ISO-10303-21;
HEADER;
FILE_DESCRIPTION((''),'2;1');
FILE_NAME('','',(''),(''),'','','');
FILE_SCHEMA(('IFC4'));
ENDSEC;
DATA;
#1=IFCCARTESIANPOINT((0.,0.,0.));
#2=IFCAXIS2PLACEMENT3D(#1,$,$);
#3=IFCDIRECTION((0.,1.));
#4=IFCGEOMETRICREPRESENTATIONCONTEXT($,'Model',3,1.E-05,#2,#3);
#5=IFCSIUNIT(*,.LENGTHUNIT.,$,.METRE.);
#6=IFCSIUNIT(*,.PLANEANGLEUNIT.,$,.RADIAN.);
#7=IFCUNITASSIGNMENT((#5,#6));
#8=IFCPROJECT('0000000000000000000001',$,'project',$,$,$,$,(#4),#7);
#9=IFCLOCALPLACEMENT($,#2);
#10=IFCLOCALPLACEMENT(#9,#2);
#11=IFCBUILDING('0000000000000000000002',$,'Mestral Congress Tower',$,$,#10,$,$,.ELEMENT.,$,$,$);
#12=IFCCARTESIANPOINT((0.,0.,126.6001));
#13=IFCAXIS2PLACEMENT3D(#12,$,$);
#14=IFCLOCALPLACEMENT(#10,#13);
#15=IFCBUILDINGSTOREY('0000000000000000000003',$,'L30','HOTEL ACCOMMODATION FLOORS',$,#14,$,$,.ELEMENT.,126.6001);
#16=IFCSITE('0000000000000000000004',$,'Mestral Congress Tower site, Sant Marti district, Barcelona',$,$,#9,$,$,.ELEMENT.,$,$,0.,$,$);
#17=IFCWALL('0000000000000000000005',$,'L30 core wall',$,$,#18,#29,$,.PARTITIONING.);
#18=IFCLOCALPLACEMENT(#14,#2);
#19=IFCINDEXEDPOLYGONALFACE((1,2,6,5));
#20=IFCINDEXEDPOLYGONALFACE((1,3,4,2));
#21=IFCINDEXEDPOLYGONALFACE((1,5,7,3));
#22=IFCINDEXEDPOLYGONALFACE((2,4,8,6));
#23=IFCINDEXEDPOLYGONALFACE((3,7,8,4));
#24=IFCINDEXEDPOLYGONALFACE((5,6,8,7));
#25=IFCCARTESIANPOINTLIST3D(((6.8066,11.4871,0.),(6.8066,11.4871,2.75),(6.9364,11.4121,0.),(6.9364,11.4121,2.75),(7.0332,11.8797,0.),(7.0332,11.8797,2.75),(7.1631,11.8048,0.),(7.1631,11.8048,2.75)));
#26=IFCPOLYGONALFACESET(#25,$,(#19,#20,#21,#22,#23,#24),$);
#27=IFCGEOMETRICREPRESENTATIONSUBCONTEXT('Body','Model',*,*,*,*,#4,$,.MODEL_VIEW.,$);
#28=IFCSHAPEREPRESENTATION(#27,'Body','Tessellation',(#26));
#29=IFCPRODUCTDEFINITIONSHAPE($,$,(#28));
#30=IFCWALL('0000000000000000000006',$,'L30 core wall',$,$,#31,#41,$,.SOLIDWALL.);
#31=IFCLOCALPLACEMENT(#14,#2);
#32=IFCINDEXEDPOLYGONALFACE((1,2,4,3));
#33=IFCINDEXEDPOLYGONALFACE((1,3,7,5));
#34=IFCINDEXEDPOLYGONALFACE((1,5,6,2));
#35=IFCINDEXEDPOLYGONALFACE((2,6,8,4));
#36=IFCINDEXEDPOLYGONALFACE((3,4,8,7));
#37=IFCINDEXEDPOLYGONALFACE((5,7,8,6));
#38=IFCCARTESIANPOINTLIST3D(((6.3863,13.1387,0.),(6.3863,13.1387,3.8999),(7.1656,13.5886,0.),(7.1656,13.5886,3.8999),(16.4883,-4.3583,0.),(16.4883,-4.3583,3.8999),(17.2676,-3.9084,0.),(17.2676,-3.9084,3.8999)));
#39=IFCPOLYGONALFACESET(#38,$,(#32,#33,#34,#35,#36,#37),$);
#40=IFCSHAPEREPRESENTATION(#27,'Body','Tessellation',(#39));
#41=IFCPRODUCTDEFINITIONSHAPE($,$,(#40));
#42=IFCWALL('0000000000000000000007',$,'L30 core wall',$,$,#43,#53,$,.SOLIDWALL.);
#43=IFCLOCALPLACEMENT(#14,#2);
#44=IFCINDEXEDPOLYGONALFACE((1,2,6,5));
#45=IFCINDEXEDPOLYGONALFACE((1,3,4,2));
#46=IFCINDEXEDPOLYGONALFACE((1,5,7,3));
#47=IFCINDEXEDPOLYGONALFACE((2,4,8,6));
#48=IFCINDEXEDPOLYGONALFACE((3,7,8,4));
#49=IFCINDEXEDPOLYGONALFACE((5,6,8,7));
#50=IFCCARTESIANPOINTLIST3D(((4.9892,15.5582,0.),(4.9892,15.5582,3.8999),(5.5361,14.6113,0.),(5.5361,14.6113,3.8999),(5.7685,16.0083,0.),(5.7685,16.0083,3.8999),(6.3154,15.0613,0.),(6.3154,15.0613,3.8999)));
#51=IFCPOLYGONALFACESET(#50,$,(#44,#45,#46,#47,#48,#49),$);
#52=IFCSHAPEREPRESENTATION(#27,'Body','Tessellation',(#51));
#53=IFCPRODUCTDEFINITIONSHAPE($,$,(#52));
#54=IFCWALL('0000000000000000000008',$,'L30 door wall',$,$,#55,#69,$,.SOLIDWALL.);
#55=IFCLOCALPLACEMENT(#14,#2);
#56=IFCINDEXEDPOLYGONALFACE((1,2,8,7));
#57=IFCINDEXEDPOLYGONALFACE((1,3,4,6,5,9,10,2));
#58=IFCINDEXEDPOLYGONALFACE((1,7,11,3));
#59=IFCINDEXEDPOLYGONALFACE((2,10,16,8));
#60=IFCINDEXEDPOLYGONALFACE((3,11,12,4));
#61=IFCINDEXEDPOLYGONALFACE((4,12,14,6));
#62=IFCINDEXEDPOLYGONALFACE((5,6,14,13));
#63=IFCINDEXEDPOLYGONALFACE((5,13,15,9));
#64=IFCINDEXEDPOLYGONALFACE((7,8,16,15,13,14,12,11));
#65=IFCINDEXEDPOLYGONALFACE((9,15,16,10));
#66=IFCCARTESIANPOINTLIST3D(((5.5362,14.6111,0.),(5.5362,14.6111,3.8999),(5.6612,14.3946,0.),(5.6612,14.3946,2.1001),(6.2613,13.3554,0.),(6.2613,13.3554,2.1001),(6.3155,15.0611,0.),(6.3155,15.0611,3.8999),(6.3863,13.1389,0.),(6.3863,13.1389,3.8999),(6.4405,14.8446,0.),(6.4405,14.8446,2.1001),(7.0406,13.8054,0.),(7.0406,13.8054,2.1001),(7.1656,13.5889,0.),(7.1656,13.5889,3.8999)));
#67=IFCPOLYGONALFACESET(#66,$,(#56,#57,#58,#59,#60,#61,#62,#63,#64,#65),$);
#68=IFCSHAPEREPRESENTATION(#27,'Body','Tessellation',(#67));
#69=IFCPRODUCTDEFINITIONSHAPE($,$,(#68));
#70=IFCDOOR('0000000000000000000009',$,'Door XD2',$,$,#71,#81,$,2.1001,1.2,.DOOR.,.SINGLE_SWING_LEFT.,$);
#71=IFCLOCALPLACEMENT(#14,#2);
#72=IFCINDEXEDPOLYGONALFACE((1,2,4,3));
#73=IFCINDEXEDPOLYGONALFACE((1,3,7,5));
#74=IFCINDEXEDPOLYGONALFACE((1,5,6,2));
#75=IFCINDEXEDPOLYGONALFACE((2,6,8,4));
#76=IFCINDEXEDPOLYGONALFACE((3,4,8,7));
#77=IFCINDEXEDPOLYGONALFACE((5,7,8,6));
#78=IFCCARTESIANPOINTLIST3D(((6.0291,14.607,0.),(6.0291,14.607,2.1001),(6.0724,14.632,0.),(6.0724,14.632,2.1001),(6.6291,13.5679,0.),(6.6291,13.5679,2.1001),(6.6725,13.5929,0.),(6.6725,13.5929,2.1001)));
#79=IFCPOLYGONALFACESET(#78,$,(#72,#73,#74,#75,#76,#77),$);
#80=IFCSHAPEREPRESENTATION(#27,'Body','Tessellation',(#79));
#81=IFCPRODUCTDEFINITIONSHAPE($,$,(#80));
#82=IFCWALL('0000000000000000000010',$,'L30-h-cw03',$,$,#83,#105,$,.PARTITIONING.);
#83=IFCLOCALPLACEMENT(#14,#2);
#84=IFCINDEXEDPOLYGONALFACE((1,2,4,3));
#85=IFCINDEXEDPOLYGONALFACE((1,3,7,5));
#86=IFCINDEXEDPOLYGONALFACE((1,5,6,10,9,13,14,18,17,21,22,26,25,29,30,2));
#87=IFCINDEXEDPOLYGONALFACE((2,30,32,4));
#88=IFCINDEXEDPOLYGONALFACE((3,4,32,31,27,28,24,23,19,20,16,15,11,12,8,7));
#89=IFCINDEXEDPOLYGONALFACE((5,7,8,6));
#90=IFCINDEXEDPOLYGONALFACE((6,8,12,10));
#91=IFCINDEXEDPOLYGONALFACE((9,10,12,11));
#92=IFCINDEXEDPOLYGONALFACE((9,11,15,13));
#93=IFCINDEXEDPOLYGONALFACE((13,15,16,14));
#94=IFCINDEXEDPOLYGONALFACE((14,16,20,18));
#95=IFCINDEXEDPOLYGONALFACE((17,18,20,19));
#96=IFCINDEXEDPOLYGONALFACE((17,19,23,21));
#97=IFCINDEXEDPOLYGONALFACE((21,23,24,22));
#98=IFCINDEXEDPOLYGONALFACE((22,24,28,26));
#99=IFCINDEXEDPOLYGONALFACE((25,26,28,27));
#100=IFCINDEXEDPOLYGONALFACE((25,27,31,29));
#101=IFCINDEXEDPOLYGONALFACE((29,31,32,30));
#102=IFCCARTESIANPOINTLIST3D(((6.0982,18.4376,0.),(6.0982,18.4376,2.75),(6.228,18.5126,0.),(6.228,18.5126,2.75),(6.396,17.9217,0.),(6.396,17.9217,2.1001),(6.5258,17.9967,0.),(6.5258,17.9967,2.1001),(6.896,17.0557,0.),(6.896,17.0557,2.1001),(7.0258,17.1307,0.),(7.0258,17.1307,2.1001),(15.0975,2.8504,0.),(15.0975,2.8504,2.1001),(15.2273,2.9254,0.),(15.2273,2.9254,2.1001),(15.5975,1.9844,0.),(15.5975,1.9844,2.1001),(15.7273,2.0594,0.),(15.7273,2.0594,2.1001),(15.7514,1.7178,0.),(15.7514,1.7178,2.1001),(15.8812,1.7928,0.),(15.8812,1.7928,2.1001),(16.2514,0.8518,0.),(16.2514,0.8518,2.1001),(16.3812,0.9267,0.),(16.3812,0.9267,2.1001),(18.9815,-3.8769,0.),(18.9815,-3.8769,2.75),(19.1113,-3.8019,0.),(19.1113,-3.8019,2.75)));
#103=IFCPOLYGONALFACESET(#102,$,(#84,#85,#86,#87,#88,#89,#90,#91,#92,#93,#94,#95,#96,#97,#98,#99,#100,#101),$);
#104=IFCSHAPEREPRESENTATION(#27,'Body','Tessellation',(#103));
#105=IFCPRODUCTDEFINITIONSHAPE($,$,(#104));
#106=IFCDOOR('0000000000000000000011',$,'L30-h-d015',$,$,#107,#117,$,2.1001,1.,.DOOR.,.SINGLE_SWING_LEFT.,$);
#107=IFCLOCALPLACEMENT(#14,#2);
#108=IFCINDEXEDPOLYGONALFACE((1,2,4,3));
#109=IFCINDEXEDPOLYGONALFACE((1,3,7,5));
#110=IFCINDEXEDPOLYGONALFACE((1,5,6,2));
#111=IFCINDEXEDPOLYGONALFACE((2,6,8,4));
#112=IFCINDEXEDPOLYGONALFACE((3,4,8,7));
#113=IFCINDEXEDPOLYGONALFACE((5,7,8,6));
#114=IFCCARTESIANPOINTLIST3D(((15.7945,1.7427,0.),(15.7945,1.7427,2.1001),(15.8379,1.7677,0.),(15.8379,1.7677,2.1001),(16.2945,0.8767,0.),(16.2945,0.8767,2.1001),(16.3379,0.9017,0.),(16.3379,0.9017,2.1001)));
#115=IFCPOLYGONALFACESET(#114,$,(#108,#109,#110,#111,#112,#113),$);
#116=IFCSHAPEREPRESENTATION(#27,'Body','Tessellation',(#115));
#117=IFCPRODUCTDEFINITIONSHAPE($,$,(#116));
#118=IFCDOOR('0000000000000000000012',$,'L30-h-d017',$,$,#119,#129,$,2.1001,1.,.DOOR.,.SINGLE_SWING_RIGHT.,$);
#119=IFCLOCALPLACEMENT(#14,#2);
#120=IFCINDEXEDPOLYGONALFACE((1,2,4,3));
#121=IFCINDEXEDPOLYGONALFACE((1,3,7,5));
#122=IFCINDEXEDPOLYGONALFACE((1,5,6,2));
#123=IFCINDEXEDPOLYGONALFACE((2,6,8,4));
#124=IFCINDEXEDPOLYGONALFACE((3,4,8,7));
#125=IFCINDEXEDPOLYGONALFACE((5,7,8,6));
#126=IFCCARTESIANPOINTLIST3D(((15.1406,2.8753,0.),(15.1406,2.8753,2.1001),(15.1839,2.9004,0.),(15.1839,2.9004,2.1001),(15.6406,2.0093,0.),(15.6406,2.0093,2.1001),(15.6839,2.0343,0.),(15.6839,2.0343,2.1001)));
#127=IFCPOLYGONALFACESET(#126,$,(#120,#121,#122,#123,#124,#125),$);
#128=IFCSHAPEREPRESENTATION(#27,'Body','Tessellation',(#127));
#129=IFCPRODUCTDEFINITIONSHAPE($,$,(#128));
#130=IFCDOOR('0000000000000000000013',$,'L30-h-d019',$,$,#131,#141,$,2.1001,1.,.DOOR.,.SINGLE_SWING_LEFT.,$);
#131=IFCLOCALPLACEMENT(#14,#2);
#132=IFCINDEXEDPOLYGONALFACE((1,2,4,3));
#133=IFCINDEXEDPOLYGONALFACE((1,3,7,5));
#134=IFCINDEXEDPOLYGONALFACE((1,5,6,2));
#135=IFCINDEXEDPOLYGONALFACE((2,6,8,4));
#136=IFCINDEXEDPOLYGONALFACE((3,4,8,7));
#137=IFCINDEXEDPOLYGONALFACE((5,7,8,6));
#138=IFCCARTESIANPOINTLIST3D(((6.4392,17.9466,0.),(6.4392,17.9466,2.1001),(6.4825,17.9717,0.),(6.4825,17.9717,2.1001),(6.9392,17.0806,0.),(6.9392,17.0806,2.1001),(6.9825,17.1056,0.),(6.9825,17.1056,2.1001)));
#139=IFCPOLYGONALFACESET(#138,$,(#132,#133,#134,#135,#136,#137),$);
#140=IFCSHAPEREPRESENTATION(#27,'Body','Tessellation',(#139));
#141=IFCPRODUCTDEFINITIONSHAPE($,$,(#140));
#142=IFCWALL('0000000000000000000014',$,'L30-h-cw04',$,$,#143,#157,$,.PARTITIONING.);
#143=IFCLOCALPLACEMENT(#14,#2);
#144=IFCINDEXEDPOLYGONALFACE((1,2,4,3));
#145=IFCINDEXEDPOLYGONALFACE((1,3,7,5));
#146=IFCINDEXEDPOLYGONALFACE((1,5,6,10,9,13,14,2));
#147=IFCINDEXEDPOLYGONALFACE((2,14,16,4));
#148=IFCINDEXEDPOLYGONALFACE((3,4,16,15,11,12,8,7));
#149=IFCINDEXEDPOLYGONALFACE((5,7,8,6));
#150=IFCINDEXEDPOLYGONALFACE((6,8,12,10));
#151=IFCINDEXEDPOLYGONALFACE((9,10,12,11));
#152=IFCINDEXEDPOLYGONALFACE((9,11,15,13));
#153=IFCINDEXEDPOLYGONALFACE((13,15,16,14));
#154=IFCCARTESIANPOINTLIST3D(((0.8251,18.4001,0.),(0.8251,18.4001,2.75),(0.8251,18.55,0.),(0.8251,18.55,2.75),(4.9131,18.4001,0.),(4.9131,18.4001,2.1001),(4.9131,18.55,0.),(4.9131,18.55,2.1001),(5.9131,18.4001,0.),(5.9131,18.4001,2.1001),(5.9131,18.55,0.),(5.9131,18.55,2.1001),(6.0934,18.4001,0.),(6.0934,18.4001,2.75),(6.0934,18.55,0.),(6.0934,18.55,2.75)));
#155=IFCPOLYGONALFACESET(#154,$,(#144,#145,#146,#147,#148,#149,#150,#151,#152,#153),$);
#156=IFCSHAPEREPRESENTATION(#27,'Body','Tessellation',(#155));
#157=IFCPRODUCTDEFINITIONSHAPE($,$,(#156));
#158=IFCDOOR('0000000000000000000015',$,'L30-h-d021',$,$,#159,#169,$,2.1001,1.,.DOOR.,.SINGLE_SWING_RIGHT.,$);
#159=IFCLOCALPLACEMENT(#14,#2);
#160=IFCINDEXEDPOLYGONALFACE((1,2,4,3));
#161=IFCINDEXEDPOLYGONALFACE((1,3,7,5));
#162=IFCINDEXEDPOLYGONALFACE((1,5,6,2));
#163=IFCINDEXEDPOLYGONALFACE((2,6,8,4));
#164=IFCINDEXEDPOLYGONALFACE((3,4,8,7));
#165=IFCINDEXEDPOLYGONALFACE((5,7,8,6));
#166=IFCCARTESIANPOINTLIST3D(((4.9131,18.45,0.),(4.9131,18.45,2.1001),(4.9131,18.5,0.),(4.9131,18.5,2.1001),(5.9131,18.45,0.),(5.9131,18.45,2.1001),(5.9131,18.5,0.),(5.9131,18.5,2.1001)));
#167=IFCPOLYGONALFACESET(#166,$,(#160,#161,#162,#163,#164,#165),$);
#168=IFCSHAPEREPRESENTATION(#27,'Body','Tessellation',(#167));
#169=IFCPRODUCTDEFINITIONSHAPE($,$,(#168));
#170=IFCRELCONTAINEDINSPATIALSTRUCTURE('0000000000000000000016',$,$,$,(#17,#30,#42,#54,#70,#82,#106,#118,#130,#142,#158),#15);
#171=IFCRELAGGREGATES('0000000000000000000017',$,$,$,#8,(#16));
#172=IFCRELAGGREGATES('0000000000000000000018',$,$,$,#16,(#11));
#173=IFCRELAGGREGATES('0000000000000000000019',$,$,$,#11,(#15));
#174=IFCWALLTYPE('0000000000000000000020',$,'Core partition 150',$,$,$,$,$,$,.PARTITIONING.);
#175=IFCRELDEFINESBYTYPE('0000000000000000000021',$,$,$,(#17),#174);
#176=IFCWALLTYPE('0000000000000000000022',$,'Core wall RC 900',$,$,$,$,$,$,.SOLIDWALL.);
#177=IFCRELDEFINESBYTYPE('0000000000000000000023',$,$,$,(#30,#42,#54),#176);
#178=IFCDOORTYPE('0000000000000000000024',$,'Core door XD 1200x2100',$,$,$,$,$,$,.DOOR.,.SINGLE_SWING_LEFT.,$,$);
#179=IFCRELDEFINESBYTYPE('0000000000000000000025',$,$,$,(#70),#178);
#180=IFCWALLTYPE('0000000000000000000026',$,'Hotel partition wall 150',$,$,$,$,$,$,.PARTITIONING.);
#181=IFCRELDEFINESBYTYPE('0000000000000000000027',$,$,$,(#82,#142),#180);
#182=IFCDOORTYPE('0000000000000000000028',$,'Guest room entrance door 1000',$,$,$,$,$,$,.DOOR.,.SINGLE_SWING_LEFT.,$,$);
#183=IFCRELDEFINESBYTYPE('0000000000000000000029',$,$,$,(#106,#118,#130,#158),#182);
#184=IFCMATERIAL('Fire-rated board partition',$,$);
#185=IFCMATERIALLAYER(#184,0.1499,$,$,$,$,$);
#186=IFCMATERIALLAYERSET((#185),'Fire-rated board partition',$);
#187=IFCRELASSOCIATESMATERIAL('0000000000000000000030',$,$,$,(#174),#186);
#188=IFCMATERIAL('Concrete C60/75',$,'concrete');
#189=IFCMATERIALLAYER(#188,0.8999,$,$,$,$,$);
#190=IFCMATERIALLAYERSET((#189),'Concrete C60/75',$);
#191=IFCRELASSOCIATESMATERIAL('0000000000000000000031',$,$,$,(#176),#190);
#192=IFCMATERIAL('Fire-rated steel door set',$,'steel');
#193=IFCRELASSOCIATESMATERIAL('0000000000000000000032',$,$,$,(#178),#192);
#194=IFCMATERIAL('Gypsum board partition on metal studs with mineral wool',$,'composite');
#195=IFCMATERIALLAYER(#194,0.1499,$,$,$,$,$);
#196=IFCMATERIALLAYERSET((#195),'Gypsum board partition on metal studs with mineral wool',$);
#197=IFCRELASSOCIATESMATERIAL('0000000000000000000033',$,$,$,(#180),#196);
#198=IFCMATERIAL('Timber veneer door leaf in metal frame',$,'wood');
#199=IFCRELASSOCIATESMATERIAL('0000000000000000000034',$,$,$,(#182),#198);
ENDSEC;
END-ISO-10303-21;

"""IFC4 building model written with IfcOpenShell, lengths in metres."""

from ifc_helpers import new_model, si_unit, direction, frame, frame_2d, origin, place, context, subcontext, project, spatial, rectangle, extrude, material, layer, layer_set, type_object, element, fill, save


model = new_model("IFC4")

# Units and contexts
model_context = context("Model", 3, precision=1e-05, world=origin(), true_north=direction((0.0, 1.0)))
body_context = subcontext(model_context, "Body", "Model", "MODEL_VIEW")
ifc_project = project(units=[si_unit("LENGTHUNIT", "METRE"), si_unit("PLANEANGLEUNIT", "RADIAN")], contexts=[model_context])

# Site, building, storey
site_placement = place(None, origin())
site = spatial("IfcSite", under=ifc_project, at=site_placement, Name="Mestral Congress Tower site, Sant Marti district, Barcelona", CompositionType="ELEMENT", RefElevation=0.0)
building_placement = place(site_placement, origin())
building = spatial("IfcBuilding", under=site, at=building_placement, Name="Mestral Congress Tower", CompositionType="ELEMENT")
storey_placement = place(building_placement, frame((0.0, 0.0, 126.6001)))
storey = spatial("IfcBuildingStorey", under=building, at=storey_placement, Name="L30", Description="HOTEL ACCOMMODATION FLOORS", CompositionType="ELEMENT", Elevation=126.6001)

# Walls
ifc_material_1 = material(Name="Fire-rated board partition")
ifc_layer_1 = layer(ifc_material_1, 0.1499)
ifc_layer_set_1 = layer_set([ifc_layer_1], Name="Fire-rated board partition")
wall_type_1 = type_object("IfcWallType", Name="Core partition 150", PredefinedType="PARTITIONING", material=ifc_layer_set_1)
wall_1_placement = place(storey_placement, frame((6.8716, 11.4497, 0.0), z_axis=(0.0, 0.0, 1.0), x_axis=(0.499847, 0.866114, 0.0)))
element("IfcWall", 1, at=wall_1_placement, inside=storey, type_object=wall_type_1, Name="L30 core wall", PredefinedType="PARTITIONING", context=body_context, shape_type="SweptSolid", body=[
    extrude(rectangle(XDim=0.4534, YDim=0.1499, at=frame_2d((0.2266, 0.0))), origin(), (0.0, 0.0, 1.0), 2.75),
])
ifc_material_2 = material(Name="Concrete C60/75", Category="concrete")
ifc_layer_2 = layer(ifc_material_2, 0.8999)
ifc_layer_set_2 = layer_set([ifc_layer_2], Name="Concrete C60/75")
wall_type_2 = type_object("IfcWallType", Name="Core wall RC 900", PredefinedType="SOLIDWALL", material=ifc_layer_set_2)
wall_2_placement = place(storey_placement, frame((6.7759, 13.3638, 0.0), z_axis=(0.0, 0.0, 1.0), x_axis=(0.500004, -0.866023, 0.0)))
element("IfcWall", 2, at=wall_2_placement, inside=storey, type_object=wall_type_2, Name="L30 core wall", PredefinedType="SOLIDWALL", context=body_context, shape_type="SweptSolid", body=[
    extrude(rectangle(XDim=20.2039, YDim=0.8999, at=frame_2d((10.1021, 0.0))), origin(), (0.0, 0.0, 1.0), 3.8999),
])
wall_3_placement = place(storey_placement, frame((5.9258, 14.8362, 0.0), z_axis=(0.0, 0.0, 1.0), x_axis=(-0.500077, 0.865981, 0.0)))
element("IfcWall", 3, at=wall_3_placement, inside=storey, type_object=wall_type_2, Name="L30 core wall", PredefinedType="SOLIDWALL", context=body_context, shape_type="SweptSolid", body=[
    extrude(rectangle(XDim=1.0935, YDim=0.8999, at=frame_2d((0.5469, 0.0))), origin(), (0.0, 0.0, 1.0), 3.8999),
])

# Wall, opening, door
wall_4_placement = place(storey_placement, frame((5.9258, 14.8362, 0.0), z_axis=(0.0, 0.0, 1.0), x_axis=(0.500062, -0.865989, 0.0)))
wall_4 = element("IfcWall", 4, at=wall_4_placement, inside=storey, type_object=wall_type_2, Name="L30 door wall", PredefinedType="SOLIDWALL", context=body_context, shape_type="SweptSolid", body=[
    extrude(rectangle(XDim=1.7, YDim=0.8999, at=frame_2d((0.8501, 0.0))), origin(), (0.0, 0.0, 1.0), 3.8999),
])
opening_1_placement = place(wall_4_placement, frame((0.25, 0.0, 0.0)))
opening_1 = element("IfcOpeningElement", 5, at=opening_1_placement, cuts=wall_4, PredefinedType="OPENING", context=body_context, shape_type="SweptSolid", body=[
    extrude(rectangle(XDim=1.2, YDim=2.1001, at=frame_2d((0.6001, 1.05))), frame((0.0, 0.46, 0.0), z_axis=(0.0, -1.0, 0.0), x_axis=(1.0, 0.0, 0.0)), (0.0, 0.0, 1.0), 0.9199),
])
ifc_material_3 = material(Name="Fire-rated steel door set", Category="steel")
door_type_1 = type_object("IfcDoorType", Name="Core door XD 1200x2100", OperationType="SINGLE_SWING_LEFT", PredefinedType="DOOR", material=ifc_material_3)
door_1_placement = place(opening_1_placement, origin())
door_1 = element("IfcDoor", 6, at=door_1_placement, inside=storey, type_object=door_type_1, Name="Door XD2", OperationType="SINGLE_SWING_LEFT", OverallHeight=2.1001, OverallWidth=1.2, PredefinedType="DOOR", context=body_context, shape_type="SweptSolid", body=[
    extrude(rectangle(XDim=1.2, YDim=2.1001, at=frame_2d((0.6001, 1.05))), frame((0.0, 0.0249, 0.0), z_axis=(0.0, -1.0, 0.0), x_axis=(1.0, 0.0, 0.0)), (0.0, 0.0, 1.0), 0.05),
])
fill(opening_1, door_1)

# Wall, openings, doors
ifc_material_4 = material(Name="Gypsum board partition on metal studs with mineral wool", Category="composite")
ifc_layer_3 = layer(ifc_material_4, 0.1499)
ifc_layer_set_3 = layer_set([ifc_layer_3], Name="Gypsum board partition on metal studs with mineral wool")
wall_type_3 = type_object("IfcWallType", Name="Hotel partition wall 150", PredefinedType="PARTITIONING", material=ifc_layer_set_3)
wall_5_placement = place(storey_placement, frame((6.1631, 18.4751, 0.0), z_axis=(0.0, 0.0, 1.0), x_axis=(0.500001, -0.866025, 0.0)))
wall_5 = element("IfcWall", 7, at=wall_5_placement, inside=storey, type_object=wall_type_3, Name="L30-h-cw03", PredefinedType="PARTITIONING", context=body_context, shape_type="SweptSolid", body=[
    extrude(rectangle(XDim=25.7666, YDim=0.1499, at=frame_2d((12.8833, 0.0))), origin(), (0.0, 0.0, 1.0), 2.75),
])
opening_2_placement = place(wall_5_placement, frame((19.3064, 0.0, 0.0)))
opening_2 = element("IfcOpeningElement", 8, at=opening_2_placement, cuts=wall_5, PredefinedType="OPENING", context=body_context, shape_type="SweptSolid", body=[
    extrude(rectangle(XDim=1.0, YDim=2.1001, at=frame_2d((0.5, 1.05))), frame((0.0, 0.085, 0.0), z_axis=(0.0, -1.0, 0.0), x_axis=(1.0, 0.0, 0.0)), (0.0, 0.0, 1.0), 0.1699),
])
opening_3_placement = place(wall_5_placement, frame((17.9985, 0.0, 0.0)))
opening_3 = element("IfcOpeningElement", 9, at=opening_3_placement, cuts=wall_5, PredefinedType="OPENING", context=body_context, shape_type="SweptSolid", body=[
    extrude(rectangle(XDim=1.0, YDim=2.1001, at=frame_2d((0.5, 1.05))), frame((0.0, 0.085, 0.0), z_axis=(0.0, -1.0, 0.0), x_axis=(1.0, 0.0, 0.0)), (0.0, 0.0, 1.0), 0.1699),
])
opening_4_placement = place(wall_5_placement, frame((0.5957, 0.0, 0.0)))
opening_4 = element("IfcOpeningElement", 10, at=opening_4_placement, cuts=wall_5, PredefinedType="OPENING", context=body_context, shape_type="SweptSolid", body=[
    extrude(rectangle(XDim=1.0, YDim=2.1001, at=frame_2d((0.5, 1.05))), frame((0.0, 0.085, 0.0), z_axis=(0.0, -1.0, 0.0), x_axis=(1.0, 0.0, 0.0)), (0.0, 0.0, 1.0), 0.1699),
])
ifc_material_5 = material(Name="Timber veneer door leaf in metal frame", Category="wood")
door_type_2 = type_object("IfcDoorType", Name="Guest room entrance door 1000", OperationType="SINGLE_SWING_LEFT", PredefinedType="DOOR", material=ifc_material_5)
door_2_placement = place(opening_2_placement, origin())
door_2 = element("IfcDoor", 11, at=door_2_placement, inside=storey, type_object=door_type_2, Name="L30-h-d015", OperationType="SINGLE_SWING_LEFT", OverallHeight=2.1001, OverallWidth=1.0, PredefinedType="DOOR", context=body_context, shape_type="SweptSolid", body=[
    extrude(rectangle(XDim=1.0, YDim=2.1001, at=frame_2d((0.5, 1.05))), frame((0.0, 0.0249, 0.0), z_axis=(0.0, -1.0, 0.0), x_axis=(1.0, 0.0, 0.0)), (0.0, 0.0, 1.0), 0.05),
])
fill(opening_2, door_2)
door_3_placement = place(opening_3_placement, origin())
door_3 = element("IfcDoor", 12, at=door_3_placement, inside=storey, type_object=door_type_2, Name="L30-h-d017", OperationType="SINGLE_SWING_RIGHT", OverallHeight=2.1001, OverallWidth=1.0, PredefinedType="DOOR", context=body_context, shape_type="SweptSolid", body=[
    extrude(rectangle(XDim=1.0, YDim=2.1001, at=frame_2d((0.5, 1.05))), frame((0.0, 0.0249, 0.0), z_axis=(0.0, -1.0, 0.0), x_axis=(1.0, 0.0, 0.0)), (0.0, 0.0, 1.0), 0.05),
])
fill(opening_3, door_3)
door_4_placement = place(opening_4_placement, origin())
door_4 = element("IfcDoor", 13, at=door_4_placement, inside=storey, type_object=door_type_2, Name="L30-h-d019", OperationType="SINGLE_SWING_LEFT", OverallHeight=2.1001, OverallWidth=1.0, PredefinedType="DOOR", context=body_context, shape_type="SweptSolid", body=[
    extrude(rectangle(XDim=1.0, YDim=2.1001, at=frame_2d((0.5, 1.05))), frame((0.0, 0.0249, 0.0), z_axis=(0.0, -1.0, 0.0), x_axis=(1.0, 0.0, 0.0)), (0.0, 0.0, 1.0), 0.05),
])
fill(opening_4, door_4)

# Wall, opening, door
wall_6_placement = place(storey_placement, frame((0.825, 18.4751, 0.0), z_axis=(0.0, 0.0, 1.0), x_axis=(1.0, 0.0, 0.0)))
wall_6 = element("IfcWall", 14, at=wall_6_placement, inside=storey, type_object=wall_type_3, Name="L30-h-cw04", PredefinedType="PARTITIONING", context=body_context, shape_type="SweptSolid", body=[
    extrude(rectangle(XDim=5.2683, YDim=0.1499, at=frame_2d((2.6343, 0.0))), origin(), (0.0, 0.0, 1.0), 2.75),
])
opening_5_placement = place(wall_6_placement, frame((4.0881, 0.0, 0.0)))
opening_5 = element("IfcOpeningElement", 15, at=opening_5_placement, cuts=wall_6, PredefinedType="OPENING", context=body_context, shape_type="SweptSolid", body=[
    extrude(rectangle(XDim=1.0, YDim=2.1001, at=frame_2d((0.5, 1.05))), frame((0.0, 0.085, 0.0), z_axis=(0.0, -1.0, 0.0), x_axis=(1.0, 0.0, 0.0)), (0.0, 0.0, 1.0), 0.1699),
])
door_5_placement = place(opening_5_placement, origin())
door_5 = element("IfcDoor", 16, at=door_5_placement, inside=storey, type_object=door_type_2, Name="L30-h-d021", OperationType="SINGLE_SWING_RIGHT", OverallHeight=2.1001, OverallWidth=1.0, PredefinedType="DOOR", context=body_context, shape_type="SweptSolid", body=[
    extrude(rectangle(XDim=1.0, YDim=2.1001, at=frame_2d((0.5, 1.05))), frame((0.0, 0.0249, 0.0), z_axis=(0.0, -1.0, 0.0), x_axis=(1.0, 0.0, 0.0)), (0.0, 0.0, 1.0), 0.05),
])
fill(opening_5, door_5)

save(model, "model.ifc")
